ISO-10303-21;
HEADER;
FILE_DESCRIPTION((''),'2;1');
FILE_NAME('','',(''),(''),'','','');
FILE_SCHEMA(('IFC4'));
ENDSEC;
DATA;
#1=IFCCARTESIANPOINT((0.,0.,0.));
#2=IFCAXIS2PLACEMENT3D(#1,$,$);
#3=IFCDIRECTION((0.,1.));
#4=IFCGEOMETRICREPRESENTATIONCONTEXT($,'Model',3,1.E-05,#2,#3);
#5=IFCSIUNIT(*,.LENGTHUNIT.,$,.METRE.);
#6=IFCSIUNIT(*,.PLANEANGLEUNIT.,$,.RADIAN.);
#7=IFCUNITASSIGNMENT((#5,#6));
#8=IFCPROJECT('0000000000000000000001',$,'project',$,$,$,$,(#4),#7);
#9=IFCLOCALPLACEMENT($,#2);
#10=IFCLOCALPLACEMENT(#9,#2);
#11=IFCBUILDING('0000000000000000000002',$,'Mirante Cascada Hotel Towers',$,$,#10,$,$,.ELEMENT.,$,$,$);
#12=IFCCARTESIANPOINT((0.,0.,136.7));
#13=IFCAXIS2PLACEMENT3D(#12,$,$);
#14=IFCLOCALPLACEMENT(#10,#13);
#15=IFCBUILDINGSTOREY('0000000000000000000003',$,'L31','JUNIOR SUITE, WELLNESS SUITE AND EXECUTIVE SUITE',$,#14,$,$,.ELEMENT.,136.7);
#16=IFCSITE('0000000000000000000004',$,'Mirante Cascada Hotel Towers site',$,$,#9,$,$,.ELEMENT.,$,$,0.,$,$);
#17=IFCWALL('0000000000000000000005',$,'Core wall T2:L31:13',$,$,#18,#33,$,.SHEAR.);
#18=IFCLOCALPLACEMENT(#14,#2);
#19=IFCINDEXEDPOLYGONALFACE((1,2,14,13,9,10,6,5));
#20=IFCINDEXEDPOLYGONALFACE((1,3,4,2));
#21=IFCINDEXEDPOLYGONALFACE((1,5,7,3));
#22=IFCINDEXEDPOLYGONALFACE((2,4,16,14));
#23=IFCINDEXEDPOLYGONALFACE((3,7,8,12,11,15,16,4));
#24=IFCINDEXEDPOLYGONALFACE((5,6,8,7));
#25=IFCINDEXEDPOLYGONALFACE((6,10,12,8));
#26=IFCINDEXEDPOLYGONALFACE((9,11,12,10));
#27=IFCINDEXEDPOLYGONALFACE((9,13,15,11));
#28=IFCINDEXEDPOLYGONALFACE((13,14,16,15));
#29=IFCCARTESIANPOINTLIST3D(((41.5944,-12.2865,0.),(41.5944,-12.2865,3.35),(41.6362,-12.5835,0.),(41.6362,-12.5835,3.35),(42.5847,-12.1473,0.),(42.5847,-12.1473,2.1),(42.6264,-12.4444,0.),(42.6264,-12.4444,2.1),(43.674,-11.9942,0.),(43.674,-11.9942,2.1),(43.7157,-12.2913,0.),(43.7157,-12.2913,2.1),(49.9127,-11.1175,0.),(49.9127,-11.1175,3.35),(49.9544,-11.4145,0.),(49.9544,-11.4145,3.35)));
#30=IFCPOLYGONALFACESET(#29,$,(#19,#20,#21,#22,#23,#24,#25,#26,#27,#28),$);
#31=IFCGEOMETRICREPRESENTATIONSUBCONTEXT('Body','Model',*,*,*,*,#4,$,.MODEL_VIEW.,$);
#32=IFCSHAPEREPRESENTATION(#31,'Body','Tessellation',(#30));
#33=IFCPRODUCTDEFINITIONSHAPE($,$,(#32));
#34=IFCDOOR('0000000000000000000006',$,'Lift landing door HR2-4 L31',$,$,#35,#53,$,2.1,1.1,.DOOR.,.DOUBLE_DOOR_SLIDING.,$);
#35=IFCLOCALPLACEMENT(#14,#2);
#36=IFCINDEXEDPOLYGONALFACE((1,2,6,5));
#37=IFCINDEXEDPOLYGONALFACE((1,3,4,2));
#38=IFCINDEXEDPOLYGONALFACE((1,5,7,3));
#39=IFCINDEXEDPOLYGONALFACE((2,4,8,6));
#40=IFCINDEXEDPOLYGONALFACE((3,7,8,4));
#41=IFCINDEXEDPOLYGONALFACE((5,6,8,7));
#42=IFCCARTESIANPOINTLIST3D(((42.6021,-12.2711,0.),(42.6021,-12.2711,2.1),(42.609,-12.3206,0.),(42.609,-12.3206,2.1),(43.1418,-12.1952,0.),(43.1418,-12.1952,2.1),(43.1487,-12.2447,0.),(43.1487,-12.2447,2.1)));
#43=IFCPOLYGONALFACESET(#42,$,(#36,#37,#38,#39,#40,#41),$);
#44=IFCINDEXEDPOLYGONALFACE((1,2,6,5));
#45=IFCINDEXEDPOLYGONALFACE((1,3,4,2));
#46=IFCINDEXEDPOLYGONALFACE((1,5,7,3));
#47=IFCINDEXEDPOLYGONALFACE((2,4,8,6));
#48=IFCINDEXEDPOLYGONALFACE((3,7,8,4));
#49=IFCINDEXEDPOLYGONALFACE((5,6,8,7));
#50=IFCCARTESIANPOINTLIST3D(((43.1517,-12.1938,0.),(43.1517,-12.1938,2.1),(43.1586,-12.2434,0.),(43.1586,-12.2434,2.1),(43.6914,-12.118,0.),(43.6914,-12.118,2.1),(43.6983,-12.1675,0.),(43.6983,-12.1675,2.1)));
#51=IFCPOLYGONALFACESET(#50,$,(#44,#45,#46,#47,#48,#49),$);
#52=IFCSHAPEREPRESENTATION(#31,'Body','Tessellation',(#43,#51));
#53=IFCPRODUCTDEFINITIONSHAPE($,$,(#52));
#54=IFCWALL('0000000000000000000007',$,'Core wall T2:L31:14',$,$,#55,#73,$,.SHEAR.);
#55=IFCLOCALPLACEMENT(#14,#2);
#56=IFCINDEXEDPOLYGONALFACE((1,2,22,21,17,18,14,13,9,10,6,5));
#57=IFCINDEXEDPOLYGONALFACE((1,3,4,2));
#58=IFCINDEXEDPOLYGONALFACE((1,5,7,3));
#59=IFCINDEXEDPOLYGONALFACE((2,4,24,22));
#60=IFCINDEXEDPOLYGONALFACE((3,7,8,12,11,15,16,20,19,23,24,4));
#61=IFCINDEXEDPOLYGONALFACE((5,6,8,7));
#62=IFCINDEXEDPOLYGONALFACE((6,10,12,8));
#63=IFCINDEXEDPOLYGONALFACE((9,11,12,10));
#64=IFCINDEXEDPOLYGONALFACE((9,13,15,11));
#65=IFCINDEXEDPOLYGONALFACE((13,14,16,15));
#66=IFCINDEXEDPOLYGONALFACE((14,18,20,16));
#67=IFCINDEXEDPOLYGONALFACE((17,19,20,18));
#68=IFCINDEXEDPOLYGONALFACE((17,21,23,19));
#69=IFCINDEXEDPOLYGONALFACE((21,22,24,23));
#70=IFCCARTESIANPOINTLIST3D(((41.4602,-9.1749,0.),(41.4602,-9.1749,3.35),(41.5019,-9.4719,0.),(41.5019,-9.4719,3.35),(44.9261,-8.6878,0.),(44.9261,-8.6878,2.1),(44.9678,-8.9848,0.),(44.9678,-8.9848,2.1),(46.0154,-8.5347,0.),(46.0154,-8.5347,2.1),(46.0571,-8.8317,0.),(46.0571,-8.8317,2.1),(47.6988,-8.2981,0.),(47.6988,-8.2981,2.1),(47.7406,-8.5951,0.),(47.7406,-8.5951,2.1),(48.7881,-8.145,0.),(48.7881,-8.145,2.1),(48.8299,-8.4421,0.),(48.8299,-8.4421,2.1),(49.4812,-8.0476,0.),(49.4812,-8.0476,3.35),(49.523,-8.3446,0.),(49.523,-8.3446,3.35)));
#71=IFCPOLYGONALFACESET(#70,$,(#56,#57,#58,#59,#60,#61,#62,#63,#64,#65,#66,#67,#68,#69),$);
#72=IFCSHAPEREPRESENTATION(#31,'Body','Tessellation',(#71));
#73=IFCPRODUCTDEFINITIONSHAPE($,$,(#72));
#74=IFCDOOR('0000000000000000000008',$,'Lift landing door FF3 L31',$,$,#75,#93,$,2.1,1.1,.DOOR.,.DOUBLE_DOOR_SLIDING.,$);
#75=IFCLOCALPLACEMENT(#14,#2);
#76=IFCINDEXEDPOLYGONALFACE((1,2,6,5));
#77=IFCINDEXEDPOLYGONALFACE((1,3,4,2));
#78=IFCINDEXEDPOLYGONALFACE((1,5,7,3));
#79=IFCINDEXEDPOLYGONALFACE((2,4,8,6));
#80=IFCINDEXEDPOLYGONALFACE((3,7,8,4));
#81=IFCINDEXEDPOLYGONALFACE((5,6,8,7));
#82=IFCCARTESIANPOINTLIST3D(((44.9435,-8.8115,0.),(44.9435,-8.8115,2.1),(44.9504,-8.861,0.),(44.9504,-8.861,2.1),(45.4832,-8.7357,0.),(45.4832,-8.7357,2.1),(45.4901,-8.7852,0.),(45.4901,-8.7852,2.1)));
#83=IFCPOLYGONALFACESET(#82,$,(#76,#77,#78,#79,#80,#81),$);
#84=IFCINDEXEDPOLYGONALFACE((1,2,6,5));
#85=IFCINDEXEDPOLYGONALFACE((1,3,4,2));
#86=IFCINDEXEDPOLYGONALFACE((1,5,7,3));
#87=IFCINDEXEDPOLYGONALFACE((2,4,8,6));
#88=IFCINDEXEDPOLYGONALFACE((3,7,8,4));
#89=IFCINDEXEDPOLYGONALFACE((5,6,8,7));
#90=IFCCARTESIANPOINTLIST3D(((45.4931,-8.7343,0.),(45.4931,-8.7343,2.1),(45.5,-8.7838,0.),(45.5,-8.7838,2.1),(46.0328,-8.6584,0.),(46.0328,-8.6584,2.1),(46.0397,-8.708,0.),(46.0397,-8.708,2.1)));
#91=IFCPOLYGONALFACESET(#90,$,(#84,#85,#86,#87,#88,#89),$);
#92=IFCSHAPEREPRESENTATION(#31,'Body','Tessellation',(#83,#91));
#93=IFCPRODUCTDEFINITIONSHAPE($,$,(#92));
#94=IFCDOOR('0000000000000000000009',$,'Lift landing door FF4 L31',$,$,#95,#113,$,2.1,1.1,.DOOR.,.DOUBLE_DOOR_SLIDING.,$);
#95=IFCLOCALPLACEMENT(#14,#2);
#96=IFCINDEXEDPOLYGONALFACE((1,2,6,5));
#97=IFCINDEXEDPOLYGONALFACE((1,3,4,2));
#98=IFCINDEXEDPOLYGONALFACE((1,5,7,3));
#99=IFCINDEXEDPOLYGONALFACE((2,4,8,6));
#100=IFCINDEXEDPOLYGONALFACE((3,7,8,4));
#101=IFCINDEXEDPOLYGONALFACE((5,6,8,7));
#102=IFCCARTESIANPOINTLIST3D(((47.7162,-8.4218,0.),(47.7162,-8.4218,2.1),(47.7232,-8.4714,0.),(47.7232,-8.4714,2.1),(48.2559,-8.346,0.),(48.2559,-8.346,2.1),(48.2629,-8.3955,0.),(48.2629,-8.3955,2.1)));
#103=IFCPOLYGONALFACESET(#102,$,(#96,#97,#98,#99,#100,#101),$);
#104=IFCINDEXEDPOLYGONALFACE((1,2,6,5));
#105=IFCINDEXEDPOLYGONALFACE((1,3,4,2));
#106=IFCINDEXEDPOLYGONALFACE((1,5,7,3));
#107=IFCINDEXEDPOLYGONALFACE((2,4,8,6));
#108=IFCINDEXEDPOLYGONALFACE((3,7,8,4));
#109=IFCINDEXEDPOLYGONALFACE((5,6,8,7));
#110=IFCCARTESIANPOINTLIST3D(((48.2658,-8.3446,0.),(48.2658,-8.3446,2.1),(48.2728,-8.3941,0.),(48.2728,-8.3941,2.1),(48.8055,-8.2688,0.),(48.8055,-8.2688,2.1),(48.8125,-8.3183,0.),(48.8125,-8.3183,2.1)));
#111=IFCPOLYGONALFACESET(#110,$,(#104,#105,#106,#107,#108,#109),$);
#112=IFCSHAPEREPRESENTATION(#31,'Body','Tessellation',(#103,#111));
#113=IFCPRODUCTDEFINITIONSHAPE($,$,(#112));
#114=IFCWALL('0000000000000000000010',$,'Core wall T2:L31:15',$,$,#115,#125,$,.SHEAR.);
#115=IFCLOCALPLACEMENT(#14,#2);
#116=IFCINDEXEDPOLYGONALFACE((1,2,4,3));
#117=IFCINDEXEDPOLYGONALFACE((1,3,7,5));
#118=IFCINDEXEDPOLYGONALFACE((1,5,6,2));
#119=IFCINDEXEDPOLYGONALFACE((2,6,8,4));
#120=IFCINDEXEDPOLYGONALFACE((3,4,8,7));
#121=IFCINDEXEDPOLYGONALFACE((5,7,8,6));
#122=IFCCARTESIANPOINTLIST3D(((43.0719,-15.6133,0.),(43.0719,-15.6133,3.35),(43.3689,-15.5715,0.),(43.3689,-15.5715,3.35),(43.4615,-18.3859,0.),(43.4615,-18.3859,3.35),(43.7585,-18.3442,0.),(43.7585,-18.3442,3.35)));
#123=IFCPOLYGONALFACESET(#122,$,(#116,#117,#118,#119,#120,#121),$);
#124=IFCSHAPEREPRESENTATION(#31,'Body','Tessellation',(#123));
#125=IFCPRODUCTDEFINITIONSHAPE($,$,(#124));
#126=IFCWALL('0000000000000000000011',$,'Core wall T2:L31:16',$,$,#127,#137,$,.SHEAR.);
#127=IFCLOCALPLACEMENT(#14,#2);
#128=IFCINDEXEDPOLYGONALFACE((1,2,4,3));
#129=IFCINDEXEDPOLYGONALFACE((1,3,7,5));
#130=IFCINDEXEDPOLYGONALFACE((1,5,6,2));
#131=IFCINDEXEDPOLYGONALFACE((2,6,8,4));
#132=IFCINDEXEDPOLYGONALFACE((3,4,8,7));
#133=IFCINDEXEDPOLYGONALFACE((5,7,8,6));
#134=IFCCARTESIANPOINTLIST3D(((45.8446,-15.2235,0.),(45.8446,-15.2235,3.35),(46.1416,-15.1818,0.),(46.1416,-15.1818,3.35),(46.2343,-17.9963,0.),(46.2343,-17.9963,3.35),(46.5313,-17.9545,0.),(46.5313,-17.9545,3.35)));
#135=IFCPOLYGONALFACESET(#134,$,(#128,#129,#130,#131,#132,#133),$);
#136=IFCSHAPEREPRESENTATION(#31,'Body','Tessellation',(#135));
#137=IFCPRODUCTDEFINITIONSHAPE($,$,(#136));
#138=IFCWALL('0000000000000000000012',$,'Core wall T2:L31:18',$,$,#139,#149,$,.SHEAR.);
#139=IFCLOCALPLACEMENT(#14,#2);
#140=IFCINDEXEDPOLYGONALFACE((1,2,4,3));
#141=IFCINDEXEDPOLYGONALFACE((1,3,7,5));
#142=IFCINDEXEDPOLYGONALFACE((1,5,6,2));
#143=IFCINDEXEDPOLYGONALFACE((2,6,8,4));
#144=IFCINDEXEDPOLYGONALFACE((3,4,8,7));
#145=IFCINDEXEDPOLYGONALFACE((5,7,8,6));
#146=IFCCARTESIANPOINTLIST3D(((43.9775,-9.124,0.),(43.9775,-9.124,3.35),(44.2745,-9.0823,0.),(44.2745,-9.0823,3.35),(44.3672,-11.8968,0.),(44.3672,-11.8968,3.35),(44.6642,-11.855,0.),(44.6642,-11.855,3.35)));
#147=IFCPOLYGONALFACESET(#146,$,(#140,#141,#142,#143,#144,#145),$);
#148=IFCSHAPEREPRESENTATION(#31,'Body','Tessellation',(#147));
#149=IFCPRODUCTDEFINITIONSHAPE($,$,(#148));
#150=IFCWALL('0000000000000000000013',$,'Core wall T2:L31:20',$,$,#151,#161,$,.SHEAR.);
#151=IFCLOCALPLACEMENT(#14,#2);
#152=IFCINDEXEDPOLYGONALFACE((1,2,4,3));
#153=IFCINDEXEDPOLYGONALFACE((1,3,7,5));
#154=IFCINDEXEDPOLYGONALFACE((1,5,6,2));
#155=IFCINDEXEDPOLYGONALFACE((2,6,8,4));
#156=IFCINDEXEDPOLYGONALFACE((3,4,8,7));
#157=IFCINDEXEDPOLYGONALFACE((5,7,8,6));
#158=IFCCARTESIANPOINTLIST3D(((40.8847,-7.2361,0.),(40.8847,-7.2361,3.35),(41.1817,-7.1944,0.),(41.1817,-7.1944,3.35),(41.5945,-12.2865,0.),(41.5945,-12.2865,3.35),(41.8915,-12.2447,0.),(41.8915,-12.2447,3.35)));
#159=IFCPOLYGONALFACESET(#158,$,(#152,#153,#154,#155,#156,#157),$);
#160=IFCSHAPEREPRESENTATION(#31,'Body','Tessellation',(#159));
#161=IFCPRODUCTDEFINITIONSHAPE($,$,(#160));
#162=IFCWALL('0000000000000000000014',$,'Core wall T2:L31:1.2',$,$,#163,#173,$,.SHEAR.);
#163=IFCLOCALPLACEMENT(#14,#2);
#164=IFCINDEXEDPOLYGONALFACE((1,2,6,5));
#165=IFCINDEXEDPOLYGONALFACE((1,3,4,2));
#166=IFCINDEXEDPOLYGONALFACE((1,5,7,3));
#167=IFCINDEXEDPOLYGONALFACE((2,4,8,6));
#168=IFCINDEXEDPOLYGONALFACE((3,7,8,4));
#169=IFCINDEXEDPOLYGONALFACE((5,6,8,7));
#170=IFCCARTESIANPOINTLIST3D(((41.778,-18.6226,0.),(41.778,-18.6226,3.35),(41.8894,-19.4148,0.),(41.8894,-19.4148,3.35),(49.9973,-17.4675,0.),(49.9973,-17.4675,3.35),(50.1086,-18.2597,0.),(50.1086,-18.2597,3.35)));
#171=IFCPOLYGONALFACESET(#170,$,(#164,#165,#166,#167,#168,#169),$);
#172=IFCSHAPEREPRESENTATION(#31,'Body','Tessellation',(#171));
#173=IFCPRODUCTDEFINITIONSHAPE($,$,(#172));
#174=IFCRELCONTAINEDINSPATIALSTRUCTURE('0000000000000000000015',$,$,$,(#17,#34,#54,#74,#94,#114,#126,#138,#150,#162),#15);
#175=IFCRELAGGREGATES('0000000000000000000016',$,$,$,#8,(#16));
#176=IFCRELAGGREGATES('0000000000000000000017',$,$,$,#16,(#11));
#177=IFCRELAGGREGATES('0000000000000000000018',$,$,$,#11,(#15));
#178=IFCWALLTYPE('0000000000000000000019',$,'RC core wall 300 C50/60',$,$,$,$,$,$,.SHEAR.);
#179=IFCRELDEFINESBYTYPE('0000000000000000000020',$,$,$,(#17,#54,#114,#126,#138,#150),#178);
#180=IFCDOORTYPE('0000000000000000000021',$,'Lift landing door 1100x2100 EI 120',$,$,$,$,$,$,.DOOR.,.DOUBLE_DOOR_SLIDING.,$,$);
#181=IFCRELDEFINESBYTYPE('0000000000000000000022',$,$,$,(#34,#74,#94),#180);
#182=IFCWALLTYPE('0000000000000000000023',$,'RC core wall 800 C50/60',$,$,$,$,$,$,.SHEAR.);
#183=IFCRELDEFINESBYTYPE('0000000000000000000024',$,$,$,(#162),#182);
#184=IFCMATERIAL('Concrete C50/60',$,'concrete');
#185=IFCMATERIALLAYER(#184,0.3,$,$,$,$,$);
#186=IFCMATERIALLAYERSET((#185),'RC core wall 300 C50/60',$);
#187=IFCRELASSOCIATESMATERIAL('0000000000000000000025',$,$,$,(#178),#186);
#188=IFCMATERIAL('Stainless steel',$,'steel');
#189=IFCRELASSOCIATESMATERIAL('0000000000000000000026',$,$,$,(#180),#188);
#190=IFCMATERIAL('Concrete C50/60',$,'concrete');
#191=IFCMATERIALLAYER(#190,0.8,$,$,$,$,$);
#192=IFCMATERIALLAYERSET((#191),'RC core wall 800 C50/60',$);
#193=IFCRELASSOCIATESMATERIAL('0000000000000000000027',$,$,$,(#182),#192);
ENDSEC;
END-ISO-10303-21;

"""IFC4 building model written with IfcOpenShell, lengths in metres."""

from ifc_helpers import new_model, si_unit, direction, frame, frame_2d, origin, place, context, subcontext, project, spatial, rectangle, extrude, material, layer, layer_set, type_object, element, fill, save


model = new_model("IFC4")

# Units and contexts
model_context = context("Model", 3, precision=1e-05, world=origin(), true_north=direction((0.0, 1.0)))
body_context = subcontext(model_context, "Body", "Model", "MODEL_VIEW")
ifc_project = project(units=[si_unit("LENGTHUNIT", "METRE"), si_unit("PLANEANGLEUNIT", "RADIAN")], contexts=[model_context])

# Site, building, storey
site_placement = place(None, origin())
site = spatial("IfcSite", under=ifc_project, at=site_placement, Name="Mirante Cascada Hotel Towers site", CompositionType="ELEMENT", RefElevation=0.0)
building_placement = place(site_placement, origin())
building = spatial("IfcBuilding", under=site, at=building_placement, Name="Mirante Cascada Hotel Towers", CompositionType="ELEMENT")
storey_placement = place(building_placement, frame((0.0, 0.0, 136.7)))
storey = spatial("IfcBuildingStorey", under=building, at=storey_placement, Name="L31", Description="JUNIOR SUITE, WELLNESS SUITE AND EXECUTIVE SUITE", CompositionType="ELEMENT", Elevation=136.7)

# Shared definitions
ifc_material_1 = material(Name="Concrete C50/60", Category="concrete")
ifc_layer_1 = layer(ifc_material_1, 0.3)
ifc_layer_set_1 = layer_set([ifc_layer_1], Name="RC core wall 300 C50/60")
wall_type_1 = type_object("IfcWallType", Name="RC core wall 300 C50/60", PredefinedType="SHEAR", material=ifc_layer_set_1)

# Shared definitions
ifc_material_2 = material(Name="Stainless steel", Category="steel")
door_type_1 = type_object("IfcDoorType", Name="Lift landing door 1100x2100 EI 120", OperationType="DOUBLE_DOOR_SLIDING", PredefinedType="DOOR", material=ifc_material_2)

# Wall, opening, door
wall_1_placement = place(storey_placement, frame((41.6153, -12.435, 0.0), z_axis=(0.0, 0.0, 1.0), x_axis=(0.990269, 0.139166, 0.0)))
wall_1 = element("IfcWall", 1, at=wall_1_placement, inside=storey, type_object=wall_type_1, Name="Core wall T2:L31:13", PredefinedType="SHEAR", context=body_context, shape_type="SweptSolid", body=[
    extrude(rectangle(XDim=8.4, YDim=0.3, at=frame_2d((4.2, 0.0))), origin(), (0.0, 0.0, 1.0), 3.35),
])
opening_1_placement = place(wall_1_placement, frame((1.0, 0.0, 0.0)))
opening_1 = element("IfcOpeningElement", 2, at=opening_1_placement, cuts=wall_1, PredefinedType="OPENING", context=body_context, shape_type="SweptSolid", body=[
    extrude(rectangle(XDim=1.1, YDim=2.1, at=frame_2d((0.55, 1.05))), frame((0.0, 0.15, 0.0), z_axis=(0.0, -1.0, 0.0), x_axis=(1.0, 0.0, 0.0)), (0.0, 0.0, 1.0), 0.3),
])
door_1_placement = place(opening_1_placement, origin())
door_1 = element("IfcDoor", 3, at=door_1_placement, inside=storey, type_object=door_type_1, Name="Lift landing door HR2-4 L31", OperationType="DOUBLE_DOOR_SLIDING", OverallHeight=2.1, OverallWidth=1.1, PredefinedType="DOOR", context=body_context, shape_type="SweptSolid", body=[
    extrude(rectangle(XDim=0.545, YDim=2.1, at=frame_2d((0.2725, 1.05))), frame((0.0, 0.025, 0.0), z_axis=(0.0, -1.0, 0.0), x_axis=(1.0, 0.0, 0.0)), (0.0, 0.0, 1.0), 0.05),
    extrude(rectangle(XDim=0.545, YDim=2.1, at=frame_2d((0.8275, 1.05))), frame((0.0, 0.025, 0.0), z_axis=(0.0, -1.0, 0.0), x_axis=(1.0, 0.0, 0.0)), (0.0, 0.0, 1.0), 0.05),
])
fill(opening_1, door_1)

# Wall, openings, doors
wall_2_placement = place(storey_placement, frame((41.481, -9.3234, 0.0), z_axis=(0.0, 0.0, 1.0), x_axis=(0.990268, 0.139174, 0.0)))
wall_2 = element("IfcWall", 4, at=wall_2_placement, inside=storey, type_object=wall_type_1, Name="Core wall T2:L31:14", PredefinedType="SHEAR", context=body_context, shape_type="SweptSolid", body=[
    extrude(rectangle(XDim=8.0999, YDim=0.3, at=frame_2d((4.05, 0.0))), origin(), (0.0, 0.0, 1.0), 3.35),
])
opening_2_placement = place(wall_2_placement, frame((3.5, 0.0, 0.0)))
opening_2 = element("IfcOpeningElement", 5, at=opening_2_placement, cuts=wall_2, PredefinedType="OPENING", context=body_context, shape_type="SweptSolid", body=[
    extrude(rectangle(XDim=1.1, YDim=2.1, at=frame_2d((0.55, 1.05))), frame((0.0, 0.15, 0.0), z_axis=(0.0, -1.0, 0.0), x_axis=(1.0, 0.0, 0.0)), (0.0, 0.0, 1.0), 0.3),
])
opening_3_placement = place(wall_2_placement, frame((6.3, 0.0, 0.0)))
opening_3 = element("IfcOpeningElement", 6, at=opening_3_placement, cuts=wall_2, PredefinedType="OPENING", context=body_context, shape_type="SweptSolid", body=[
    extrude(rectangle(XDim=1.1, YDim=2.1, at=frame_2d((0.55, 1.05))), frame((0.0, 0.15, 0.0), z_axis=(0.0, -1.0, 0.0), x_axis=(1.0, 0.0, 0.0)), (0.0, 0.0, 1.0), 0.3),
])
door_2_placement = place(opening_2_placement, origin())
door_2 = element("IfcDoor", 7, at=door_2_placement, inside=storey, type_object=door_type_1, Name="Lift landing door FF3 L31", OperationType="DOUBLE_DOOR_SLIDING", OverallHeight=2.1, OverallWidth=1.1, PredefinedType="DOOR", context=body_context, shape_type="SweptSolid", body=[
    extrude(rectangle(XDim=0.545, YDim=2.1, at=frame_2d((0.2725, 1.05))), frame((0.0, 0.025, 0.0), z_axis=(0.0, -1.0, 0.0), x_axis=(1.0, 0.0, 0.0)), (0.0, 0.0, 1.0), 0.05),
    extrude(rectangle(XDim=0.545, YDim=2.1, at=frame_2d((0.8275, 1.05))), frame((0.0, 0.025, 0.0), z_axis=(0.0, -1.0, 0.0), x_axis=(1.0, 0.0, 0.0)), (0.0, 0.0, 1.0), 0.05),
])
fill(opening_2, door_2)
door_3_placement = place(opening_3_placement, origin())
door_3 = element("IfcDoor", 8, at=door_3_placement, inside=storey, type_object=door_type_1, Name="Lift landing door FF4 L31", OperationType="DOUBLE_DOOR_SLIDING", OverallHeight=2.1, OverallWidth=1.1, PredefinedType="DOOR", context=body_context, shape_type="SweptSolid", body=[
    extrude(rectangle(XDim=0.545, YDim=2.1, at=frame_2d((0.2725, 1.05))), frame((0.0, 0.025, 0.0), z_axis=(0.0, -1.0, 0.0), x_axis=(1.0, 0.0, 0.0)), (0.0, 0.0, 1.0), 0.05),
    extrude(rectangle(XDim=0.545, YDim=2.1, at=frame_2d((0.8275, 1.05))), frame((0.0, 0.025, 0.0), z_axis=(0.0, -1.0, 0.0), x_axis=(1.0, 0.0, 0.0)), (0.0, 0.0, 1.0), 0.05),
])
fill(opening_3, door_3)

# Walls
wall_3_placement = place(storey_placement, frame((43.61, -18.3651, 0.0), z_axis=(0.0, 0.0, 1.0), x_axis=(-0.139146, 0.990272, 0.0)))
element("IfcWall", 9, at=wall_3_placement, inside=storey, type_object=wall_type_1, Name="Core wall T2:L31:15", PredefinedType="SHEAR", context=body_context, shape_type="SweptSolid", body=[
    extrude(rectangle(XDim=2.7999, YDim=0.3, at=frame_2d((1.4, 0.0))), origin(), (0.0, 0.0, 1.0), 3.35),
])
for number, where, z_axis, x_axis, name in (
    (10, (46.3828, -17.9754, 0.0), (0.0, 0.0, 1.0), (-0.139181, 0.990267, 0.0), "Core wall T2:L31:16"),
    (11, (44.5157, -11.8759, 0.0), (0.0, 0.0, 1.0), (-0.139181, 0.990267, 0.0), "Core wall T2:L31:18"),
):
    element("IfcWall", number, at=place(storey_placement, frame(where, z_axis=z_axis, x_axis=x_axis)), inside=storey, type_object=wall_type_1, Name=name, PredefinedType="SHEAR", context=body_context, shape_type="SweptSolid", body=[
        extrude(rectangle(XDim=2.8, YDim=0.3, at=frame_2d((1.4, 0.0))), origin(), (0.0, 0.0, 1.0), 3.35),
    ])
wall_4_placement = place(storey_placement, frame((41.743, -12.2656, 0.0), z_axis=(0.0, 0.0, 1.0), x_axis=(-0.139176, 0.990268, 0.0)))
element("IfcWall", 12, at=wall_4_placement, inside=storey, type_object=wall_type_1, Name="Core wall T2:L31:20", PredefinedType="SHEAR", context=body_context, shape_type="SweptSolid", body=[
    extrude(rectangle(XDim=5.1, YDim=0.3, at=frame_2d((2.55, 0.0))), origin(), (0.0, 0.0, 1.0), 3.35),
])
ifc_material_3 = material(Name="Concrete C50/60", Category="concrete")
ifc_layer_2 = layer(ifc_material_3, 0.8)
ifc_layer_set_2 = layer_set([ifc_layer_2], Name="RC core wall 800 C50/60")
wall_type_2 = type_object("IfcWallType", Name="RC core wall 800 C50/60", PredefinedType="SHEAR", material=ifc_layer_set_2)
wall_5_placement = place(storey_placement, frame((41.8337, -19.0187, 0.0), z_axis=(0.0, 0.0, 1.0), x_axis=(0.990269, 0.139169, 0.0)))
element("IfcWall", 13, at=wall_5_placement, inside=storey, type_object=wall_type_2, Name="Core wall T2:L31:1.2", PredefinedType="SHEAR", context=body_context, shape_type="SweptSolid", body=[
    extrude(rectangle(XDim=8.3, YDim=0.8, at=frame_2d((4.15, 0.0))), origin(), (0.0, 0.0, 1.0), 3.35),
])

save(model, "model.ifc")
